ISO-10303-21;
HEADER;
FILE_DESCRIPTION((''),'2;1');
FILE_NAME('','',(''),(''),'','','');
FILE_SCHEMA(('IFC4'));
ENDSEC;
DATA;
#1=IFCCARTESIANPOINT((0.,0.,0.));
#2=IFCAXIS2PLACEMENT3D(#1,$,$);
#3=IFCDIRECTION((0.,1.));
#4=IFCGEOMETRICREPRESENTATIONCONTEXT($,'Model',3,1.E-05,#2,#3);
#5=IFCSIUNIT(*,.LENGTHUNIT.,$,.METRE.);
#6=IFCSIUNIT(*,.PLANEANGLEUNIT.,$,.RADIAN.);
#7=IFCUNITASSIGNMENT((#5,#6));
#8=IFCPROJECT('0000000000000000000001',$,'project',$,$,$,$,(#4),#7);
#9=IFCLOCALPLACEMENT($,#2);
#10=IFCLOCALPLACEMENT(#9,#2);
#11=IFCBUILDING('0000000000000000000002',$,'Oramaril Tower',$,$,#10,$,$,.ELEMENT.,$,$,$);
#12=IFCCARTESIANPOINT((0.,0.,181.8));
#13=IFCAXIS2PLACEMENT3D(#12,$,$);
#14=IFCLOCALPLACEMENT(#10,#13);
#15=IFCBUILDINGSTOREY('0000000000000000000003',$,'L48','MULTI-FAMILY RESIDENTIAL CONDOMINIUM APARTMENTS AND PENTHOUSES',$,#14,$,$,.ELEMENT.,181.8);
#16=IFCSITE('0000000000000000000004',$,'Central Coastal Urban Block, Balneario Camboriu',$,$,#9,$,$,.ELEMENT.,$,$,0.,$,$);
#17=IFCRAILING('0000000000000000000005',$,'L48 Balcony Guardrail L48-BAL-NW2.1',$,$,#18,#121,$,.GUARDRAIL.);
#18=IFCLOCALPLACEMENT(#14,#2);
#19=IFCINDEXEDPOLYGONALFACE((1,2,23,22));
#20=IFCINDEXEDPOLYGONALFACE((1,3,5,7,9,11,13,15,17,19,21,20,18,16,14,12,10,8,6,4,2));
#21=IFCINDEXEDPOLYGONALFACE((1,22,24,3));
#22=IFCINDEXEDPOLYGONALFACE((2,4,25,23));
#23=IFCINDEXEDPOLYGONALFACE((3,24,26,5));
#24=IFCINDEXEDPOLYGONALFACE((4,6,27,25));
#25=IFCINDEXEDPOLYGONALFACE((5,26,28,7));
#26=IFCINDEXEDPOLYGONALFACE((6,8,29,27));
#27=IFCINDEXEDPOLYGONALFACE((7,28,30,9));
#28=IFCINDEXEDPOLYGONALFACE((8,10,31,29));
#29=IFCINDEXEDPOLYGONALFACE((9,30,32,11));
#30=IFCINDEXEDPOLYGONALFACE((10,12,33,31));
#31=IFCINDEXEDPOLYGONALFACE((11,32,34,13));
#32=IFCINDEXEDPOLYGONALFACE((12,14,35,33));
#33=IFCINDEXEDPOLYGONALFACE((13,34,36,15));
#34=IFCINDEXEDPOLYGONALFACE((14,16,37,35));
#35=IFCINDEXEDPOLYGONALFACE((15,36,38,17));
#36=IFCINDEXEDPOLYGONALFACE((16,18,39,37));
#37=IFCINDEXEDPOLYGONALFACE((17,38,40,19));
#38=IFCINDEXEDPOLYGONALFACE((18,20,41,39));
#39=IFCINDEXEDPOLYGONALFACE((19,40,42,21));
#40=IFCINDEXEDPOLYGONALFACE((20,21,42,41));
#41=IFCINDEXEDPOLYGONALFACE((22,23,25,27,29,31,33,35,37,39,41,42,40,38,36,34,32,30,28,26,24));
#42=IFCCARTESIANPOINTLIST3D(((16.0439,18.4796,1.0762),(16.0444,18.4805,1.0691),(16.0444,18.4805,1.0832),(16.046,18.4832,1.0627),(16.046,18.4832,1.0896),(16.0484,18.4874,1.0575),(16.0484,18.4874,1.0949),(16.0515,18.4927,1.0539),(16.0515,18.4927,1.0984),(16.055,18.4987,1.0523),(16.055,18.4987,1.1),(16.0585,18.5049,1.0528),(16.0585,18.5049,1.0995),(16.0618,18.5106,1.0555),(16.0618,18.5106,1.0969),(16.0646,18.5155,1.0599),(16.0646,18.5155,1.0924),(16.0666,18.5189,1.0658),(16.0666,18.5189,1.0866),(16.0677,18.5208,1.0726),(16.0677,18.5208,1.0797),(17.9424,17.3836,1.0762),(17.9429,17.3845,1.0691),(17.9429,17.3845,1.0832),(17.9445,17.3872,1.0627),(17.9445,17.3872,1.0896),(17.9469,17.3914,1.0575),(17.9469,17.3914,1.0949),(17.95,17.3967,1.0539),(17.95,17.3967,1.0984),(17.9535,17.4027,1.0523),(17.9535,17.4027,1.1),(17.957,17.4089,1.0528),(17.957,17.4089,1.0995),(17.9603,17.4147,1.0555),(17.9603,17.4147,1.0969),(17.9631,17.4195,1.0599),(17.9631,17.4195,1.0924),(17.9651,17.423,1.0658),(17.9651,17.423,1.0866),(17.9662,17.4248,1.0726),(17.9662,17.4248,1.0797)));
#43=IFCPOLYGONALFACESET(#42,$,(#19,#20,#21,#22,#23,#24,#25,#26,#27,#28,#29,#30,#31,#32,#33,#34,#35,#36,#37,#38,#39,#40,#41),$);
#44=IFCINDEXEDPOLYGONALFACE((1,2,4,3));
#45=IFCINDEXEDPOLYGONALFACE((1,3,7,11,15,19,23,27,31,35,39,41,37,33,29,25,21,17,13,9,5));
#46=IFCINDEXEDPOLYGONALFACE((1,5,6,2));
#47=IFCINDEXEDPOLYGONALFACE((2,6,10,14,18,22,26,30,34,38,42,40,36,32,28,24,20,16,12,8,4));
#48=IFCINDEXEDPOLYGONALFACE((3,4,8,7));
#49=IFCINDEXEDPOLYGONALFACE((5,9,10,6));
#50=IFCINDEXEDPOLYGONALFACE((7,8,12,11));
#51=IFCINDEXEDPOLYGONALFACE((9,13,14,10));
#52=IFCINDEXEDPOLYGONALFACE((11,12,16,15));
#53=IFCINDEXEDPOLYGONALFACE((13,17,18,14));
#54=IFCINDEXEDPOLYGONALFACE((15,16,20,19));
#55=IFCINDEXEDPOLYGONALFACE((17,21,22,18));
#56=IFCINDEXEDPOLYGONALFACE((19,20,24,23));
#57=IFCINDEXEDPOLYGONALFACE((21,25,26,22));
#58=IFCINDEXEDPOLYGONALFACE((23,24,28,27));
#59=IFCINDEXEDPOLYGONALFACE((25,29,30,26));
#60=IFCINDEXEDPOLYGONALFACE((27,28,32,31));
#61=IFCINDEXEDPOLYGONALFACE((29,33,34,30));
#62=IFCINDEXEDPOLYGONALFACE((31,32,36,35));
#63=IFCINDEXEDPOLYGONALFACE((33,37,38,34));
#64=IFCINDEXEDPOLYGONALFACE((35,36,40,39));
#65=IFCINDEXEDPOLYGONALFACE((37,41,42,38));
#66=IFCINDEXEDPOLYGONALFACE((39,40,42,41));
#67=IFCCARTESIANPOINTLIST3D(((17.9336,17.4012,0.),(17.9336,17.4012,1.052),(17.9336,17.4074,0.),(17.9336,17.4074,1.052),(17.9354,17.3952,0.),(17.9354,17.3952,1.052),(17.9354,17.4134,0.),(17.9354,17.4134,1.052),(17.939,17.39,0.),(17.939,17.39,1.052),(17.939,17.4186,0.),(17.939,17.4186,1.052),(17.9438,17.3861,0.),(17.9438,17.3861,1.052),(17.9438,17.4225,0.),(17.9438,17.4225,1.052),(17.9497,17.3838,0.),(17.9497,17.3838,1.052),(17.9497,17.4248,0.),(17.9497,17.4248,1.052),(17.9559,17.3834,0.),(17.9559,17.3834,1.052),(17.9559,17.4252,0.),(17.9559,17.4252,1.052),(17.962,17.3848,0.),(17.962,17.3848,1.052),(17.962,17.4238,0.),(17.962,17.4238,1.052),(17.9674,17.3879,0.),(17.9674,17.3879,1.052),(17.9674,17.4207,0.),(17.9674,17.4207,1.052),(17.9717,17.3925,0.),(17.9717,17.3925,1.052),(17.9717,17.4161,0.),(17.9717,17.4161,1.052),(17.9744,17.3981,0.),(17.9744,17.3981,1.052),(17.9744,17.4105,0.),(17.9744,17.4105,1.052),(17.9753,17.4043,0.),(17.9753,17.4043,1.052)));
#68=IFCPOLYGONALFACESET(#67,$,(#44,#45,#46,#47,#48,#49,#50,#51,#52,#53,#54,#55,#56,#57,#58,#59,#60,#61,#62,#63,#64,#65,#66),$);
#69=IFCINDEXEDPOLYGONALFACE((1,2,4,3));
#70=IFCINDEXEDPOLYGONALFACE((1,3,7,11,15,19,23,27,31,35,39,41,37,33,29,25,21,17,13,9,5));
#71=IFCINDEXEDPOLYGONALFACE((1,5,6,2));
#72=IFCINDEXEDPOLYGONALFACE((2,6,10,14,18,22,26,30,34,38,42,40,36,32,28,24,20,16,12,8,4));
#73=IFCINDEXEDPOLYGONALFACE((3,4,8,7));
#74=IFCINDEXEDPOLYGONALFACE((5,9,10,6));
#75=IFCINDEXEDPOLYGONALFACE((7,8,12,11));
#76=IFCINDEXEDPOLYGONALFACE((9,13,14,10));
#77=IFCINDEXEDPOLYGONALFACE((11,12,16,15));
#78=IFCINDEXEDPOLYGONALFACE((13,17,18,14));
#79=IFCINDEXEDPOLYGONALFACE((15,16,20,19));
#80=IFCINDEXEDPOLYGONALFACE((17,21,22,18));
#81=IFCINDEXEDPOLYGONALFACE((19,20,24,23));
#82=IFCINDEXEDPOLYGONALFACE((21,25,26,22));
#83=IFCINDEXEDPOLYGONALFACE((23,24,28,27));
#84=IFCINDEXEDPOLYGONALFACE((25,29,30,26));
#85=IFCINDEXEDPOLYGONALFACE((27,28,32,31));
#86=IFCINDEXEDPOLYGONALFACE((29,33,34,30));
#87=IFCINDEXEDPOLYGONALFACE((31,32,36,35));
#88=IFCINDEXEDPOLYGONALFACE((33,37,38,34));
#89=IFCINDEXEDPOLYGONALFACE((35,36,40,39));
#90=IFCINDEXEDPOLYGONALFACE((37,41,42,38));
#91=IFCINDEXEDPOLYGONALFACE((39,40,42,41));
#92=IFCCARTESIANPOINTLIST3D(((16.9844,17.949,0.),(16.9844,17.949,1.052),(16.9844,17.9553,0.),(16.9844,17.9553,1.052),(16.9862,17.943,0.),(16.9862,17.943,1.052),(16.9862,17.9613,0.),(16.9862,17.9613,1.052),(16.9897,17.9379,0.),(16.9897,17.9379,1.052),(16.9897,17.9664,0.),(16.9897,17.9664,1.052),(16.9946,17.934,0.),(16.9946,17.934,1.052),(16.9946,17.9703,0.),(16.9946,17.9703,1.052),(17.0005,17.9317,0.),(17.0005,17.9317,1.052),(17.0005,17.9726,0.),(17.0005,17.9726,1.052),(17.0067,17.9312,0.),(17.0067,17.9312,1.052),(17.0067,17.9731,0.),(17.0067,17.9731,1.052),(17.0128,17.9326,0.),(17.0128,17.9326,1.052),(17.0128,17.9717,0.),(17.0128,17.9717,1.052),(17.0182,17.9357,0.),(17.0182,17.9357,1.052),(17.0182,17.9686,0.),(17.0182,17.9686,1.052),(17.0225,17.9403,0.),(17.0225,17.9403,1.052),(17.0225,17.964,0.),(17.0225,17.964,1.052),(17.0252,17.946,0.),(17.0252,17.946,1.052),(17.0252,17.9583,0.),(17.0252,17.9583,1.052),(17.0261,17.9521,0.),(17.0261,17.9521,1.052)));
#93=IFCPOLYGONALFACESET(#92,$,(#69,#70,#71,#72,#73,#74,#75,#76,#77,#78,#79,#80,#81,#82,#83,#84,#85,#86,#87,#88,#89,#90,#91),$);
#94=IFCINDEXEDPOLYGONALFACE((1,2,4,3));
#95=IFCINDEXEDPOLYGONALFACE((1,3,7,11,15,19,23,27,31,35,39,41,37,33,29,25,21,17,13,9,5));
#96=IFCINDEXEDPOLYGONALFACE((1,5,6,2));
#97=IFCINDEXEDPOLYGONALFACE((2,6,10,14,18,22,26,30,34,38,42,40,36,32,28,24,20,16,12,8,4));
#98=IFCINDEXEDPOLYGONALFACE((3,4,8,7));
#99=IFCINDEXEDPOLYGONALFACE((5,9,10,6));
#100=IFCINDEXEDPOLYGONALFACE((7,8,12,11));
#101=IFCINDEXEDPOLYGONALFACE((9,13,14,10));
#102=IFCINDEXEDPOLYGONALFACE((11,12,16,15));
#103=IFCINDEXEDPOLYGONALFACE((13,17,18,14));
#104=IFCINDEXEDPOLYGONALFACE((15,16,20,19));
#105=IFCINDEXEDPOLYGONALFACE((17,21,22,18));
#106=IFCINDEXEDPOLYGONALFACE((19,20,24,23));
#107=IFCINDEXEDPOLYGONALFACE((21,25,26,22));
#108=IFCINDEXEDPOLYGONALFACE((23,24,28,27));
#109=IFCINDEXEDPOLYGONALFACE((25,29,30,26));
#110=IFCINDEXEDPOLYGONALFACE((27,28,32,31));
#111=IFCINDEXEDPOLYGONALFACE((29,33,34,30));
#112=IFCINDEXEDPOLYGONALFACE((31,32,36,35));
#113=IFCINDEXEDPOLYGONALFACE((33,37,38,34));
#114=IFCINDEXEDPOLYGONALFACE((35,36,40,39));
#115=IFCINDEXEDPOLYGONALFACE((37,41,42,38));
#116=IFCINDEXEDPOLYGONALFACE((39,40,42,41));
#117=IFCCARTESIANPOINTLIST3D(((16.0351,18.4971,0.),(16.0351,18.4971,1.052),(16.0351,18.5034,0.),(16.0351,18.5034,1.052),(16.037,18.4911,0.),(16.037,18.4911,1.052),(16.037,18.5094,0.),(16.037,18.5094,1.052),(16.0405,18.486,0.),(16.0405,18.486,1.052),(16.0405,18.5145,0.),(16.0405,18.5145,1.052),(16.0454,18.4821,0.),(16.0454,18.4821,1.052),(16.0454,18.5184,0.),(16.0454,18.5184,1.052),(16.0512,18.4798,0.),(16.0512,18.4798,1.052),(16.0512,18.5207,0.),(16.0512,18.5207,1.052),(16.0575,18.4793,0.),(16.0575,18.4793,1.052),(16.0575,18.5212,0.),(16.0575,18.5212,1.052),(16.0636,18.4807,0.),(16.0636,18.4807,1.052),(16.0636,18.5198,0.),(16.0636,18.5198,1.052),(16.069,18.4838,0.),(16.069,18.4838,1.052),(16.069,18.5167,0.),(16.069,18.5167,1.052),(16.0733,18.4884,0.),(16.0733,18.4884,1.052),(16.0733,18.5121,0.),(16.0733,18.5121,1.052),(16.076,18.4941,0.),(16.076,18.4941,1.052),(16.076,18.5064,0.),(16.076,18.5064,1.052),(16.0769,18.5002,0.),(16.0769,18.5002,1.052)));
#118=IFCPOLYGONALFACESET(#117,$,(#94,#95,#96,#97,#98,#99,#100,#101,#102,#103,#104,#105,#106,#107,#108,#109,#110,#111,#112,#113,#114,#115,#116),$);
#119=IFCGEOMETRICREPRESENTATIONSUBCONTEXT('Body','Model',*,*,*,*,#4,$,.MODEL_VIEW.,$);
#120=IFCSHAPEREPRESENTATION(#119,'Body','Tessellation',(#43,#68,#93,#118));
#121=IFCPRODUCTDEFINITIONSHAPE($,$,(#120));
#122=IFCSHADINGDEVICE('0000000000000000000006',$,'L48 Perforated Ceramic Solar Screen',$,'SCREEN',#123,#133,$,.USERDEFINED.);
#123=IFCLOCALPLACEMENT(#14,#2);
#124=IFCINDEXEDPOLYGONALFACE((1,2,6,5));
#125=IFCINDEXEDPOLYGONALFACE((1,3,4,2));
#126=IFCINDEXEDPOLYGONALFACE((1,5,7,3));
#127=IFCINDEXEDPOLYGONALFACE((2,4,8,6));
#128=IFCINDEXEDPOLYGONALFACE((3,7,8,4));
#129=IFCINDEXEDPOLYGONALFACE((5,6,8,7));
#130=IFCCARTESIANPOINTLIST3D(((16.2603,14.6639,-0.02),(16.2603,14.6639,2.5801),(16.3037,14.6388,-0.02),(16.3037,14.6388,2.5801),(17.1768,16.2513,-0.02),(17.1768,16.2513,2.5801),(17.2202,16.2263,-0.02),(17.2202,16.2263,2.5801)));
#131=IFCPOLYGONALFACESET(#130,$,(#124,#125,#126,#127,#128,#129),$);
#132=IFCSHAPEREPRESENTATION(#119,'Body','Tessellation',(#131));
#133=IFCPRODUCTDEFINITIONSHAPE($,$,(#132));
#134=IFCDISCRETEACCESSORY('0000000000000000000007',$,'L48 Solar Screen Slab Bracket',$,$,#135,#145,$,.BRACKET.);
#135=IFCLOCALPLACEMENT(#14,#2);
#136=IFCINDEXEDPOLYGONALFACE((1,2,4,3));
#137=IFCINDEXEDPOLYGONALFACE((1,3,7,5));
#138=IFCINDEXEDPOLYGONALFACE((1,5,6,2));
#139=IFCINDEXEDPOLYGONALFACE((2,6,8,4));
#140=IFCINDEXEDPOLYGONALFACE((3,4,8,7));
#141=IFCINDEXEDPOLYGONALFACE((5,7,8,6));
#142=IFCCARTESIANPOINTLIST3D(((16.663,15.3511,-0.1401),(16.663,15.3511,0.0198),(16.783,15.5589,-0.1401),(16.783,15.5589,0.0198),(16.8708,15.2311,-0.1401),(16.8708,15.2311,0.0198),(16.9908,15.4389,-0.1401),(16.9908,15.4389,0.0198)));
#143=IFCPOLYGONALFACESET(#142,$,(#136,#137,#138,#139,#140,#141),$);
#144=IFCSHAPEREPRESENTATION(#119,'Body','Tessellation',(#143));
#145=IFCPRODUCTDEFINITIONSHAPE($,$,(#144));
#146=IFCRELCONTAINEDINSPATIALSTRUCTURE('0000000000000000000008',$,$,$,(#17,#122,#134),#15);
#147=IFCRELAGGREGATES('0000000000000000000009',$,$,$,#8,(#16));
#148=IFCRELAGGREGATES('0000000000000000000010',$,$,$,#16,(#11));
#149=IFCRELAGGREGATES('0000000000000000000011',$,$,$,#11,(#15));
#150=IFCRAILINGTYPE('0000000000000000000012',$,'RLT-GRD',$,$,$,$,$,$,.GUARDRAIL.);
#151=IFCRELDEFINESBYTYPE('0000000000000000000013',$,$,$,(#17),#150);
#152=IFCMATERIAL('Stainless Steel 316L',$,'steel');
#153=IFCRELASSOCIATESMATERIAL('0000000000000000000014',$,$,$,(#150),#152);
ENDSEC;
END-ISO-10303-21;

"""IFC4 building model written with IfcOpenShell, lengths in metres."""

from ifc_helpers import new_model, si_unit, direction, frame, origin, origin_2d, place, context, subcontext, project, spatial, rectangle, circle, extrude, material, type_object, element, save


model = new_model("IFC4")

# Units and contexts
model_context = context("Model", 3, precision=1e-05, world=origin(), true_north=direction((0.0, 1.0)))
body_context = subcontext(model_context, "Body", "Model", "MODEL_VIEW")
ifc_project = project(units=[si_unit("LENGTHUNIT", "METRE"), si_unit("PLANEANGLEUNIT", "RADIAN")], contexts=[model_context])

# Site, building, storey
site_placement = place(None, origin())
site = spatial("IfcSite", under=ifc_project, at=site_placement, Name="Central Coastal Urban Block, Balneario Camboriu", CompositionType="ELEMENT", RefElevation=0.0)
building_placement = place(site_placement, origin())
building = spatial("IfcBuilding", under=site, at=building_placement, Name="Oramaril Tower", CompositionType="ELEMENT")
storey_placement = place(building_placement, frame((0.0, 0.0, 181.8)))
storey = spatial("IfcBuildingStorey", under=building, at=storey_placement, Name="L48", Description="MULTI-FAMILY RESIDENTIAL CONDOMINIUM APARTMENTS AND PENTHOUSES", CompositionType="ELEMENT", Elevation=181.8)

# Railing
ifc_material_1 = material(Name="Stainless Steel 316L", Category="steel")
railing_type = type_object("IfcRailingType", Name="RLT-GRD", PredefinedType="GUARDRAIL", material=ifc_material_1)
railing_1_placement = place(storey_placement, frame((17.9543, 17.4043, 0.0)))
element("IfcRailing", 1, at=railing_1_placement, inside=storey, type_object=railing_type, Name="L48 Balcony Guardrail L48-BAL-NW2.1", PredefinedType="GUARDRAIL", context=body_context, shape_type="SweptSolid", body=[
    extrude(circle(Radius=0.0239, at=origin_2d()), frame((0.0, 0.0, 1.0762), z_axis=(-0.866048, 0.49996, 0.0), x_axis=(-0.49996, -0.866048, 0.0)), (0.0, 0.0, 1.0), 2.1921),
    extrude(circle(Radius=0.021, at=origin_2d()), origin(), (0.0, 0.0, 1.0), 1.052),
    extrude(circle(Radius=0.021, at=origin_2d()), frame((-0.9492, 0.5479, 0.0)), (0.0, 0.0, 1.0), 1.052),
    extrude(circle(Radius=0.021, at=origin_2d()), frame((-1.8984, 1.0959, 0.0)), (0.0, 0.0, 1.0), 1.052),
])

# Shading device
shading_device_placement = place(storey_placement, frame((16.7402, 15.4451, -0.02), z_axis=(0.0, 0.0, 1.0), x_axis=(-0.5, -0.866025, 0.0)))
element("IfcShadingDevice", 2, at=shading_device_placement, inside=storey, Name="L48 Perforated Ceramic Solar Screen", ObjectType="SCREEN", PredefinedType="USERDEFINED", context=body_context, shape_type="SweptSolid", body=[
    extrude(rectangle(XDim=1.833, YDim=0.05, at=origin_2d()), origin(), (0.0, 0.0, 1.0), 2.6001),
])

# Discrete accessory
discrete_accessory_placement = place(storey_placement, frame((16.8269, 15.395, -0.1401), z_axis=(0.0, 0.0, 1.0), x_axis=(-0.5, -0.866025, 0.0)))
element("IfcDiscreteAccessory", 3, at=discrete_accessory_placement, inside=storey, Name="L48 Solar Screen Slab Bracket", PredefinedType="BRACKET", context=body_context, shape_type="SweptSolid", body=[
    extrude(rectangle(XDim=0.24, YDim=0.24, at=origin_2d()), origin(), (0.0, 0.0, 1.0), 0.1599),
])

save(model, "model.ifc")
